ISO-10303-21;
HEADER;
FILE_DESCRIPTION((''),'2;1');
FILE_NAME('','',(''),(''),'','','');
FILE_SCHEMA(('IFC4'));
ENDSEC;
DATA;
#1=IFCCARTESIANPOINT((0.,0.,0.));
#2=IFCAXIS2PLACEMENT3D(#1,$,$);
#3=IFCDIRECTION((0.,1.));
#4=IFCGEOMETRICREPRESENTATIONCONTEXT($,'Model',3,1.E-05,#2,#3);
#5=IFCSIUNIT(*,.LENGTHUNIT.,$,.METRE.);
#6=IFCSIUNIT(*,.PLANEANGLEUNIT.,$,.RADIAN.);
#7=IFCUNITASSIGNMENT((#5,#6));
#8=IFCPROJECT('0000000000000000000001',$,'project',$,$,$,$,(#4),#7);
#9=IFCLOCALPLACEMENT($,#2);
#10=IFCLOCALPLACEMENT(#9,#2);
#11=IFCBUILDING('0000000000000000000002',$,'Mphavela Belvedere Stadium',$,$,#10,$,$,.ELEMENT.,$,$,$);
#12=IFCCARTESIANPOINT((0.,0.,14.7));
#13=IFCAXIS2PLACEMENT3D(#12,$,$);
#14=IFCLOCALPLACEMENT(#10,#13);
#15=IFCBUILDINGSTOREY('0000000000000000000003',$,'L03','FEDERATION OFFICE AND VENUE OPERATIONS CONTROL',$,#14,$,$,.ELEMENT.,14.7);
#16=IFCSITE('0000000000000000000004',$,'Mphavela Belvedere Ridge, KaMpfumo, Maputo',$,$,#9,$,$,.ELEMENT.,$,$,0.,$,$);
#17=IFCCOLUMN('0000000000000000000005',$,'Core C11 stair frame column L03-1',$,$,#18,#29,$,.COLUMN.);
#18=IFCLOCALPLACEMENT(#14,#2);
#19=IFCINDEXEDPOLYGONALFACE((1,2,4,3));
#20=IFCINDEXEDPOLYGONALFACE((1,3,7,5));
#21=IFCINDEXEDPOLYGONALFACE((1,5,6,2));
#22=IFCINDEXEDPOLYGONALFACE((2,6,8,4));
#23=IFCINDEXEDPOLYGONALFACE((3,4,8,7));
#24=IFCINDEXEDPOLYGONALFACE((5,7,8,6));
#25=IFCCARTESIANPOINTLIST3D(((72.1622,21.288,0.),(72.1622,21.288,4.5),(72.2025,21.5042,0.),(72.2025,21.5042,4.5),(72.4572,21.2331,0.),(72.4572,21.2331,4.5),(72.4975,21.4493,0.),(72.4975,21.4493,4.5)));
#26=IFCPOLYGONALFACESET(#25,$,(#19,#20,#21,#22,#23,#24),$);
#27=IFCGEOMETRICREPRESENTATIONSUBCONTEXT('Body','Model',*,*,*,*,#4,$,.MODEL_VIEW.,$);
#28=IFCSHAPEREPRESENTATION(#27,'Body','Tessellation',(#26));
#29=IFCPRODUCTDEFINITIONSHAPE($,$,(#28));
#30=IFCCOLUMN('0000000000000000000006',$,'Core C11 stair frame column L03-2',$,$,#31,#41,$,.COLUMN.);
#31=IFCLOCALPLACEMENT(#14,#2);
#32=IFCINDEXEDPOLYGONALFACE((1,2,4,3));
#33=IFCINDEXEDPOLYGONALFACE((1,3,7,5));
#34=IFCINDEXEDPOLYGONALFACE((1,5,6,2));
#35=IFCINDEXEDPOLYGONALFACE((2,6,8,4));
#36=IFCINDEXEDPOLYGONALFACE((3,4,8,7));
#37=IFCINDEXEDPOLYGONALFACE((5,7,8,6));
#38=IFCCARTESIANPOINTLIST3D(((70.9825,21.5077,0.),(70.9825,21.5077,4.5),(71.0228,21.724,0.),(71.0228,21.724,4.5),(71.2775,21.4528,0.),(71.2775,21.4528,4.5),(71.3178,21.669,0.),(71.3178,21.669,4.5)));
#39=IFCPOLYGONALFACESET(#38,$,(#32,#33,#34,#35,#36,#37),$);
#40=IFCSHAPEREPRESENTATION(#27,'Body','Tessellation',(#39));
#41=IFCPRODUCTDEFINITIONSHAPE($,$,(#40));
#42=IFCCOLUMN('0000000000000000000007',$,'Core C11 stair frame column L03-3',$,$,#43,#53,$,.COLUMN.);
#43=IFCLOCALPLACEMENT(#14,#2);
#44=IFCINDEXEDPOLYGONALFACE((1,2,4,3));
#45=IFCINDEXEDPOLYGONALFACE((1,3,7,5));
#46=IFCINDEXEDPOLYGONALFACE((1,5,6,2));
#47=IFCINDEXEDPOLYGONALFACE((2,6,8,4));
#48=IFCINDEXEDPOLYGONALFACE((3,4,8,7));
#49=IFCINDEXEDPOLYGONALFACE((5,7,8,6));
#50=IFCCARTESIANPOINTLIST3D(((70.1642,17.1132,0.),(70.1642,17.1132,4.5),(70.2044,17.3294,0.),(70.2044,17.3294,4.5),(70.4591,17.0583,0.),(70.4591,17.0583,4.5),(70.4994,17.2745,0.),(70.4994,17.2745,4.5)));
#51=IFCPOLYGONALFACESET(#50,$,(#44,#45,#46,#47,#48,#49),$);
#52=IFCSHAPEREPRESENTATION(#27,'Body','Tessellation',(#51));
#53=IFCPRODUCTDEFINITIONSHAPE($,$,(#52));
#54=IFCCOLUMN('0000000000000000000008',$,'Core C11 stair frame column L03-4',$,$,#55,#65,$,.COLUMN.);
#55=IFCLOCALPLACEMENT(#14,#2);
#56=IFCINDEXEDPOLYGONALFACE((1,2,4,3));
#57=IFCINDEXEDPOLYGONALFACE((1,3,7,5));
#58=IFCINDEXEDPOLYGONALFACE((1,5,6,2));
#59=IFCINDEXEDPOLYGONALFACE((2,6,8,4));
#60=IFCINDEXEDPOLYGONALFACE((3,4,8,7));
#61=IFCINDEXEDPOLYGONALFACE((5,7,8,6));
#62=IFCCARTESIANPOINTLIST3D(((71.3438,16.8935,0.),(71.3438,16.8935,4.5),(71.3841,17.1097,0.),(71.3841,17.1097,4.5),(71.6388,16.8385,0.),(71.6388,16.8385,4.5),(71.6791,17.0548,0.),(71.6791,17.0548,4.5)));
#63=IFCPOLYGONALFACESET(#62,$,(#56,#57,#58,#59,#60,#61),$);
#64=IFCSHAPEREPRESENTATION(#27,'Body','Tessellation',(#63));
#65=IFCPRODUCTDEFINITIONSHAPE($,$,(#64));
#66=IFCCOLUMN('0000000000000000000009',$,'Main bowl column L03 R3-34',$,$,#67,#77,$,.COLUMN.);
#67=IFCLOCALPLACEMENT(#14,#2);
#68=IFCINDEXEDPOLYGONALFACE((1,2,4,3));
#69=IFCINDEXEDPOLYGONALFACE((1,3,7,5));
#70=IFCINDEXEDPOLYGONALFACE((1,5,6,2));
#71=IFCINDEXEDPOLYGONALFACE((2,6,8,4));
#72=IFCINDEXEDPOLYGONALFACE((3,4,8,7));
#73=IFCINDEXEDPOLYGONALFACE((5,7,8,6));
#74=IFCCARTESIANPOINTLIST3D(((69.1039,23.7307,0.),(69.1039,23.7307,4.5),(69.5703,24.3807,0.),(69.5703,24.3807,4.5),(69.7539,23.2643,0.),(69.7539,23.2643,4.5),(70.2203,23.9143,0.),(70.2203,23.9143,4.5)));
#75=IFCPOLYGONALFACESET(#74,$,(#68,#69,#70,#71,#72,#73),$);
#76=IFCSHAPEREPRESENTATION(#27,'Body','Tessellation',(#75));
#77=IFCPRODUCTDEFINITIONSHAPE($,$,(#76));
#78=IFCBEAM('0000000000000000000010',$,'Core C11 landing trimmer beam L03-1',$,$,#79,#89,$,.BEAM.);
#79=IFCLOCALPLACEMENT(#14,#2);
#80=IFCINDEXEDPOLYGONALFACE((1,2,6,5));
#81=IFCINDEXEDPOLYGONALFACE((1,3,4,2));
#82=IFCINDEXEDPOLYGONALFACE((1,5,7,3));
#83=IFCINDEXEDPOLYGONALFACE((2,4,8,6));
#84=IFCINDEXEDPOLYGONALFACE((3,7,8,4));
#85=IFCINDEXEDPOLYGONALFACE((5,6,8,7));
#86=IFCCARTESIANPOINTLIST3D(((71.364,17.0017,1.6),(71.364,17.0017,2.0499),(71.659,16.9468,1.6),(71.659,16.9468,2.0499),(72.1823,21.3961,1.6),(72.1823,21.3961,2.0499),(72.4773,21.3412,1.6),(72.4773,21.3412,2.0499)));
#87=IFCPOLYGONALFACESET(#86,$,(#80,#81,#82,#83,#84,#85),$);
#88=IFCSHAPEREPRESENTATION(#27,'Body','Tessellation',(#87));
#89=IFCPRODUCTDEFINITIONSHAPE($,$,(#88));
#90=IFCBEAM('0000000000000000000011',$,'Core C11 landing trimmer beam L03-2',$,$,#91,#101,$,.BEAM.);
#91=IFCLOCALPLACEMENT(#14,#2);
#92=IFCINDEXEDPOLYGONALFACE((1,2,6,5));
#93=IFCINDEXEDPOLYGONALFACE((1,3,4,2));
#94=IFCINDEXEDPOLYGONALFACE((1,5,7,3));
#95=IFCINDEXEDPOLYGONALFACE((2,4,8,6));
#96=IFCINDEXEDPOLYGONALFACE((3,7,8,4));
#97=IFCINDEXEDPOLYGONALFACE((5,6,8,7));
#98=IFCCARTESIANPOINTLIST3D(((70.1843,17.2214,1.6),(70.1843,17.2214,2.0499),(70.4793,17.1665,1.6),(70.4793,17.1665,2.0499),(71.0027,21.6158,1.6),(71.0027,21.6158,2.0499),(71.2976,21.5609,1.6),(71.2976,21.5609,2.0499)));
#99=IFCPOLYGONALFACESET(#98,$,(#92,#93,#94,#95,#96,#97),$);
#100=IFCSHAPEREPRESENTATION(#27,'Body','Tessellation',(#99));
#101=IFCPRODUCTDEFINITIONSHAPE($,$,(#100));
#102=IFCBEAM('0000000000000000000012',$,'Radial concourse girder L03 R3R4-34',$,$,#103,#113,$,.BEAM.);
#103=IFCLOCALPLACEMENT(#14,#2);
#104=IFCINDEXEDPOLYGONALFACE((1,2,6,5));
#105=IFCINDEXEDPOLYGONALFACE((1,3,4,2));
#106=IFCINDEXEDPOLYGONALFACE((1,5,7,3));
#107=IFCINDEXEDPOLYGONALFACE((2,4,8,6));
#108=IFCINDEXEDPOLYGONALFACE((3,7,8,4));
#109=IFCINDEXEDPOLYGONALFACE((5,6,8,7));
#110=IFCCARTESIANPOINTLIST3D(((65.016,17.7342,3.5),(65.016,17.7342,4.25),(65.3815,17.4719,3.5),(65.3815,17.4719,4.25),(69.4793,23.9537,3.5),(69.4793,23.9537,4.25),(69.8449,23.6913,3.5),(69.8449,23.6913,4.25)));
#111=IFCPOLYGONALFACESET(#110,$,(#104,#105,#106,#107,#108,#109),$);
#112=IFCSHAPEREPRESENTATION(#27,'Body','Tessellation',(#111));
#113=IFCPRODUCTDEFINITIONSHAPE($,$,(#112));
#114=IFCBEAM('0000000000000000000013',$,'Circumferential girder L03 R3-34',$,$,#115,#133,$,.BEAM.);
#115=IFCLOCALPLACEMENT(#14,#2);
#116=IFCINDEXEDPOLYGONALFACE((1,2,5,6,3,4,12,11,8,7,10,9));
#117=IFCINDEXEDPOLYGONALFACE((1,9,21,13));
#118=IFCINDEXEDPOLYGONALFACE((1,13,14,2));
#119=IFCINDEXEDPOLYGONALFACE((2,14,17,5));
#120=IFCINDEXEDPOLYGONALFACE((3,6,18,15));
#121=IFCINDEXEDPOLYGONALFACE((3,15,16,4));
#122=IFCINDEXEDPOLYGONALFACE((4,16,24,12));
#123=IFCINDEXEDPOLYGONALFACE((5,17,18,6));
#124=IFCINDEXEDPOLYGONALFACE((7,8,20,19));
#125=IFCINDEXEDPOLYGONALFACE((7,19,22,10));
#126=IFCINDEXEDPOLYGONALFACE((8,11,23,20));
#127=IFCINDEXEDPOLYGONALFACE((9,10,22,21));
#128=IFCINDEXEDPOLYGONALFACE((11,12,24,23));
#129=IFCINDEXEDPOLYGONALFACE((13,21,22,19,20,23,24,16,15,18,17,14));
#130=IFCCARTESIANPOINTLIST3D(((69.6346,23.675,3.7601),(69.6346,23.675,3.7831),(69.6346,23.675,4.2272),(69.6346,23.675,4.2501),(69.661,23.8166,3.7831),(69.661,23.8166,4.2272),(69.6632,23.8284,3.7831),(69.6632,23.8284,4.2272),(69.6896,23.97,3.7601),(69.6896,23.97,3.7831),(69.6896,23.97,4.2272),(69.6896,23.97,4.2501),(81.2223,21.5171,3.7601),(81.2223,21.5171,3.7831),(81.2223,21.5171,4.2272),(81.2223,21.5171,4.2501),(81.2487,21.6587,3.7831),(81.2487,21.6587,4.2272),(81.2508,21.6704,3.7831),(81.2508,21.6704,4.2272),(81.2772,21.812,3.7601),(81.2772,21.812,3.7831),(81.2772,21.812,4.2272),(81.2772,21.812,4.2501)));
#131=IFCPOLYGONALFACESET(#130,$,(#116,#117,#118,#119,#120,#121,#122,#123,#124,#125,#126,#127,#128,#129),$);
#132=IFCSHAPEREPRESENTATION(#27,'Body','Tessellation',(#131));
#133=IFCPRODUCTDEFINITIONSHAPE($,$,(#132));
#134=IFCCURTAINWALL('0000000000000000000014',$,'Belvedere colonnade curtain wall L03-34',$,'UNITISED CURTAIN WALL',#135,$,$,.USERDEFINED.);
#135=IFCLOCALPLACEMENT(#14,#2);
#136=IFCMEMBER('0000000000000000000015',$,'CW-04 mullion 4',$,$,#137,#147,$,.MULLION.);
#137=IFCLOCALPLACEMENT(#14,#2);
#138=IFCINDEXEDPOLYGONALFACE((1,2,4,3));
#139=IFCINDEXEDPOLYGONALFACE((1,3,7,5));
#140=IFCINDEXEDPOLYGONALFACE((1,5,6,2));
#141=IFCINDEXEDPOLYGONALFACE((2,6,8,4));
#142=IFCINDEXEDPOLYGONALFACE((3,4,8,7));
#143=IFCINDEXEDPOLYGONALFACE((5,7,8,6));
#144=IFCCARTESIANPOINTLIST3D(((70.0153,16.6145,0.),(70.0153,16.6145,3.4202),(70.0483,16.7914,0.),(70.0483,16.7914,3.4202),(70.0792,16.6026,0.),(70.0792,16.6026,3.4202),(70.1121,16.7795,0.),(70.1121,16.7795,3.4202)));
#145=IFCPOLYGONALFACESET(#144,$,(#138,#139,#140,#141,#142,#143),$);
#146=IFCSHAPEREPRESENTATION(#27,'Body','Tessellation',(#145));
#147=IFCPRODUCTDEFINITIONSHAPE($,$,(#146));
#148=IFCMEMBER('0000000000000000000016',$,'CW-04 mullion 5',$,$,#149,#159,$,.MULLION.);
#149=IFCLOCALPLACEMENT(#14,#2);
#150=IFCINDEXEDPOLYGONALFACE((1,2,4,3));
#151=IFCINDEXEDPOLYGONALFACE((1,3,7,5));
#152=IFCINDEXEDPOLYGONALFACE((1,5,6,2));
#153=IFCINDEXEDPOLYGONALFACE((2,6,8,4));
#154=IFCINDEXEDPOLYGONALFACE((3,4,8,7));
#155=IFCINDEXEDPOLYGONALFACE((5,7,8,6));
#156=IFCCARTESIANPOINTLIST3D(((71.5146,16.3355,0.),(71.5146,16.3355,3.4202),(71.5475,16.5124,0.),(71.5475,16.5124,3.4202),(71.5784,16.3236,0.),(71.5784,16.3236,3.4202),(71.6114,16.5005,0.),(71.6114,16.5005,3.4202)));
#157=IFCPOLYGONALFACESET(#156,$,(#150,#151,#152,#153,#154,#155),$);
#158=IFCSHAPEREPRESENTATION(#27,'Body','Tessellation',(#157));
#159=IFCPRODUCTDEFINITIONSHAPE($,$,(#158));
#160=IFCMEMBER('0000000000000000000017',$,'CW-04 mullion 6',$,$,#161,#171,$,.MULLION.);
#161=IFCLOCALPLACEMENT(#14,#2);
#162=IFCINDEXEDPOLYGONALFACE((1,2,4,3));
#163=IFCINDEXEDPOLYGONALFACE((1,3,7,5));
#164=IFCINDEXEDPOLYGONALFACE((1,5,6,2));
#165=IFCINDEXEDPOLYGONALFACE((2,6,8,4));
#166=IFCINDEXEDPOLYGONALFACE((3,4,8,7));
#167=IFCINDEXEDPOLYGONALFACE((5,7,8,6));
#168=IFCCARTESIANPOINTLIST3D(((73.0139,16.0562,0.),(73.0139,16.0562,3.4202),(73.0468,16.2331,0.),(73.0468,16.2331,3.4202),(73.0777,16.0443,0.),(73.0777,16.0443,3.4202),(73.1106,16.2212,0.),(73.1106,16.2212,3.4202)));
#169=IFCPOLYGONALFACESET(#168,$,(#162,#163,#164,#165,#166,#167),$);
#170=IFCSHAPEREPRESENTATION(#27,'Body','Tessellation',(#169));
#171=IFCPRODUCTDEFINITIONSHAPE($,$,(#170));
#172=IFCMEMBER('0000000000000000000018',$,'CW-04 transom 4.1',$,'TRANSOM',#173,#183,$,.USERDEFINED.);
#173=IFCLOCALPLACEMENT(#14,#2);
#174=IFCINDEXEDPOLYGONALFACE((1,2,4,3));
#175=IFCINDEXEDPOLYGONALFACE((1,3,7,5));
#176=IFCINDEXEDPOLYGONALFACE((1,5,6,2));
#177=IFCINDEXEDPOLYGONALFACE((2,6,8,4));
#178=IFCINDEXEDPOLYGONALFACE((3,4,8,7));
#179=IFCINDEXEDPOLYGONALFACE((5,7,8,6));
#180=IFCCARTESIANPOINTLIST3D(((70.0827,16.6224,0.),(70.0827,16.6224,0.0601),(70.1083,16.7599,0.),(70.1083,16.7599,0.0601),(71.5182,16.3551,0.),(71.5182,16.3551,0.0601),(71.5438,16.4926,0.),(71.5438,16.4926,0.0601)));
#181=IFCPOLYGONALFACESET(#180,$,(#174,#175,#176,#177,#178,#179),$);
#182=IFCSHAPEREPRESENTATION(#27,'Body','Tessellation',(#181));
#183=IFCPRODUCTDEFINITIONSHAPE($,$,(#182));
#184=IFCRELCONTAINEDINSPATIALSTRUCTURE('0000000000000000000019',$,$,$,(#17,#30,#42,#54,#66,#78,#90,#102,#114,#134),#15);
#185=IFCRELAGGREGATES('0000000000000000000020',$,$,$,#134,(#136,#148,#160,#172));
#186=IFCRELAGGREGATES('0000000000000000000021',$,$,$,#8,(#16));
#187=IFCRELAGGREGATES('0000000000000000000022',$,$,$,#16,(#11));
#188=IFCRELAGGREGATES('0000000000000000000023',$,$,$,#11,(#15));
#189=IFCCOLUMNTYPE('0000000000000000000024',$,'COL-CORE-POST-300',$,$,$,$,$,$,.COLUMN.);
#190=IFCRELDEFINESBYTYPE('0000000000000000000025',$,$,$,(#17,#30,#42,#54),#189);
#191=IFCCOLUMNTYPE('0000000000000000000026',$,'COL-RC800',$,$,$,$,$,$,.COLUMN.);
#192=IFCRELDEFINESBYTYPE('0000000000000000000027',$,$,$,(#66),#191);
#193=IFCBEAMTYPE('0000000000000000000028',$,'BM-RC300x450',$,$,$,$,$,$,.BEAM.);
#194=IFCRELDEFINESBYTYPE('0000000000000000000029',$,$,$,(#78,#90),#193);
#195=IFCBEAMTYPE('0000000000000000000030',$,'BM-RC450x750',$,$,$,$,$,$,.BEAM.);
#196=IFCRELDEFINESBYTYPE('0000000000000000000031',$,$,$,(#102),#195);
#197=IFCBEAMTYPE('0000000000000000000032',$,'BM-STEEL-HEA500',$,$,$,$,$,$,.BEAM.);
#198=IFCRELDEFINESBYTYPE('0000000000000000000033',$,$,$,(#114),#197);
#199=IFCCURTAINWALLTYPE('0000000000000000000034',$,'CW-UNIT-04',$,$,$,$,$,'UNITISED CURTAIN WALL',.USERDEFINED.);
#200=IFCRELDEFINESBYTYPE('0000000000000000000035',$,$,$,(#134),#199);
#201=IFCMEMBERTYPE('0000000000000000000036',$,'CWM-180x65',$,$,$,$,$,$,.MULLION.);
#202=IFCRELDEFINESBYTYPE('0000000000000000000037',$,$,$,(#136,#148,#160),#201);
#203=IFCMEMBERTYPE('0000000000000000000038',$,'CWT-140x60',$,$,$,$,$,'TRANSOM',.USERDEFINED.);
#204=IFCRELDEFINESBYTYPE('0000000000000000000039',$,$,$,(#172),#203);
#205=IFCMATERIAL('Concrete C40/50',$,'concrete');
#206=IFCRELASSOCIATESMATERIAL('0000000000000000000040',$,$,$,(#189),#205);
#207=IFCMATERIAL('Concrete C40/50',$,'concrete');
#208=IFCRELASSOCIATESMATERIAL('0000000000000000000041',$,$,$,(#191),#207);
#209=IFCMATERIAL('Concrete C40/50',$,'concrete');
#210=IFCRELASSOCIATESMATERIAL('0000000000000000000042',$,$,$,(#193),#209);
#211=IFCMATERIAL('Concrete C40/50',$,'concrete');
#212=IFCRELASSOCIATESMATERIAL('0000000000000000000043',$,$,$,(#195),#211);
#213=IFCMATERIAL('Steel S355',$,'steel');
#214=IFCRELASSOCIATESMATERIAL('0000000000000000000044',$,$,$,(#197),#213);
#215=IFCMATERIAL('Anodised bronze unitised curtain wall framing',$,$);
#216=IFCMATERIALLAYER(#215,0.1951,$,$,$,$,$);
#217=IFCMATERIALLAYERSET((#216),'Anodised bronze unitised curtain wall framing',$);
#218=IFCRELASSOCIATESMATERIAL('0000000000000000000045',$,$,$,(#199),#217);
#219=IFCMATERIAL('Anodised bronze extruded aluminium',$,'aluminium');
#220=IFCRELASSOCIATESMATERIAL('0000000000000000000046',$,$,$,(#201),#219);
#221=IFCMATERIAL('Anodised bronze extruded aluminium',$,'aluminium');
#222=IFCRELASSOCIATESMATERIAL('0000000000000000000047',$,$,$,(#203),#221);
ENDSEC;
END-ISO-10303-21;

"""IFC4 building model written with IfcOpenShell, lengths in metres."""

from ifc_helpers import new_model, si_unit, direction, frame, origin, origin_2d, place, context, subcontext, project, spatial, rectangle, i_section, extrude, material, layer, layer_set, material_profile, profile_set, type_object, element, aggregate, save


model = new_model("IFC4")

# Units and contexts
model_context = context("Model", 3, precision=1e-05, world=origin(), true_north=direction((0.0, 1.0)))
body_context = subcontext(model_context, "Body", "Model", "MODEL_VIEW")
ifc_project = project(units=[si_unit("LENGTHUNIT", "METRE"), si_unit("PLANEANGLEUNIT", "RADIAN")], contexts=[model_context])

# Site, building, storey
site_placement = place(None, origin())
site = spatial("IfcSite", under=ifc_project, at=site_placement, Name="Mphavela Belvedere Ridge, KaMpfumo, Maputo", CompositionType="ELEMENT", RefElevation=0.0)
building_placement = place(site_placement, origin())
building = spatial("IfcBuilding", under=site, at=building_placement, Name="Mphavela Belvedere Stadium", CompositionType="ELEMENT")
storey_placement = place(building_placement, frame((0.0, 0.0, 14.7)))
storey = spatial("IfcBuildingStorey", under=building, at=storey_placement, Name="L03", Description="FEDERATION OFFICE AND VENUE OPERATIONS CONTROL", CompositionType="ELEMENT", Elevation=14.7)

# Columns
ifc_material_1 = material(Name="Concrete C40/50", Category="concrete")
ifc_material_profile_1 = material_profile(ifc_material_1, rectangle(XDim=0.3, YDim=0.22, at=origin_2d()), Name="RC 300x220")
ifc_profile_set_1 = profile_set([ifc_material_profile_1], Name="Concrete C40/50")
column_type_1 = type_object("IfcColumnType", Name="COL-CORE-POST-300", PredefinedType="COLUMN", material=ifc_profile_set_1)
for number, where, z_axis, x_axis, name in (
    (1, (72.3298, 21.3687, 0.0), (0.0, 0.0, 1.0), (-0.983096, 0.183094, 0.0), "Core C11 stair frame column L03-1"),
    (2, (71.1501, 21.5884, 0.0), (0.0, 0.0, 1.0), (-0.983096, 0.183094, 0.0), "Core C11 stair frame column L03-2"),
    (3, (70.3318, 17.1938, 0.0), (0.0, 0.0, 1.0), (-0.983096, 0.183094, 0.0), "Core C11 stair frame column L03-3"),
    (4, (71.5115, 16.9741, 0.0), (0.0, 0.0, 1.0), (-0.983096, 0.183094, 0.0), "Core C11 stair frame column L03-4"),
):
    element("IfcColumn", number, at=place(storey_placement, frame(where, z_axis=z_axis, x_axis=x_axis)), inside=storey, type_object=column_type_1, Name=name, PredefinedType="COLUMN", context=body_context, shape_type="SweptSolid", body=[
        extrude(rectangle(XDim=0.3, YDim=0.22, at=origin_2d()), origin(), (0.0, 0.0, 1.0), 4.5),
    ])
ifc_material_2 = material(Name="Concrete C40/50", Category="concrete")
ifc_material_profile_2 = material_profile(ifc_material_2, rectangle(XDim=0.8, YDim=0.8, at=origin_2d()), Name="RC 800x800")
ifc_profile_set_2 = profile_set([ifc_material_profile_2], Name="Concrete C40/50")
column_type_2 = type_object("IfcColumnType", Name="COL-RC800", PredefinedType="COLUMN", material=ifc_profile_set_2)
column_placement = place(storey_placement, frame((69.6621, 23.8225, 0.0), z_axis=(0.0, 0.0, 1.0), x_axis=(-0.582974, -0.812491, 0.0)))
element("IfcColumn", 5, at=column_placement, inside=storey, type_object=column_type_2, Name="Main bowl column L03 R3-34", PredefinedType="COLUMN", context=body_context, shape_type="SweptSolid", body=[
    extrude(rectangle(XDim=0.8, YDim=0.8, at=origin_2d()), origin(), (0.0, 0.0, 1.0), 4.5),
])

# Beams
ifc_material_3 = material(Name="Concrete C40/50", Category="concrete")
ifc_material_profile_3 = material_profile(ifc_material_3, rectangle(XDim=0.3, YDim=0.45, at=origin_2d()), Name="RC 300x450")
ifc_profile_set_3 = profile_set([ifc_material_profile_3], Name="Concrete C40/50")
beam_type_1 = type_object("IfcBeamType", Name="BM-RC300x450", PredefinedType="BEAM", material=ifc_profile_set_3)
for number, where, z_axis, x_axis, name in (
    (6, (72.3298, 21.3687, 1.825), (-0.183075, -0.983099, 0.0), (0.983099, -0.183075, 0.0), "Core C11 landing trimmer beam L03-1"),
    (7, (71.1501, 21.5884, 1.825), (-0.183075, -0.983099, 0.0), (0.983099, -0.183075, 0.0), "Core C11 landing trimmer beam L03-2"),
):
    element("IfcBeam", number, at=place(storey_placement, frame(where, z_axis=z_axis, x_axis=x_axis)), inside=storey, type_object=beam_type_1, Name=name, PredefinedType="BEAM", context=body_context, shape_type="SweptSolid", body=[
        extrude(rectangle(XDim=0.3, YDim=0.45, at=origin_2d()), origin(), (0.0, 0.0, 1.0), 4.47),
    ])
ifc_material_4 = material(Name="Concrete C40/50", Category="concrete")
ifc_material_profile_4 = material_profile(ifc_material_4, rectangle(XDim=0.45, YDim=0.75, at=origin_2d()), Name="RC 450x750")
ifc_profile_set_4 = profile_set([ifc_material_profile_4], Name="Concrete C40/50")
beam_type_2 = type_object("IfcBeamType", Name="BM-RC450x750", PredefinedType="BEAM", material=ifc_profile_set_4)
beam_1_placement = place(storey_placement, frame((69.6621, 23.8225, 3.875), z_axis=(-0.583044, -0.812441, 0.0), x_axis=(0.812441, -0.583044, 0.0)))
element("IfcBeam", 8, at=beam_1_placement, inside=storey, type_object=beam_type_2, Name="Radial concourse girder L03 R3R4-34", PredefinedType="BEAM", context=body_context, shape_type="SweptSolid", body=[
    extrude(rectangle(XDim=0.45, YDim=0.75, at=origin_2d()), origin(), (0.0, 0.0, 1.0), 7.6553),
])
ifc_material_5 = material(Name="Steel S355", Category="steel")
ifc_material_profile_5 = material_profile(ifc_material_5, i_section(OverallWidth=0.3, OverallDepth=0.49, WebThickness=0.012, FlangeThickness=0.0229, at=origin_2d()), Name="HEA 500")
ifc_profile_set_5 = profile_set([ifc_material_profile_5], Name="Steel S355")
beam_type_3 = type_object("IfcBeamType", Name="BM-STEEL-HEA500", PredefinedType="BEAM", material=ifc_profile_set_5)
beam_2_placement = place(storey_placement, frame((69.6621, 23.8225, 4.0051), z_axis=(0.983098, -0.183082, 0.0), x_axis=(0.183082, 0.983098, 0.0)))
element("IfcBeam", 9, at=beam_2_placement, inside=storey, type_object=beam_type_3, Name="Circumferential girder L03 R3-34", PredefinedType="BEAM", context=body_context, shape_type="SweptSolid", body=[
    extrude(i_section(OverallWidth=0.3, OverallDepth=0.49, WebThickness=0.012, FlangeThickness=0.0229, at=origin_2d()), origin(), (0.0, 0.0, 1.0), 11.7869),
])

# Curtain wall, members
ifc_material_6 = material(Name="Anodised bronze unitised curtain wall framing")
ifc_layer_1 = layer(ifc_material_6, 0.1951)
ifc_layer_set_1 = layer_set([ifc_layer_1], Name="Anodised bronze unitised curtain wall framing")
curtain_wall_type = type_object("IfcCurtainWallType", Name="CW-UNIT-04", ElementType="UNITISED CURTAIN WALL", PredefinedType="USERDEFINED", material=ifc_layer_set_1)
curtain_wall_placement = place(storey_placement, origin())
curtain_wall = element("IfcCurtainWall", 10, at=curtain_wall_placement, inside=storey, type_object=curtain_wall_type, Name="Belvedere colonnade curtain wall L03-34", ObjectType="UNITISED CURTAIN WALL", PredefinedType="USERDEFINED")
ifc_material_7 = material(Name="Anodised bronze extruded aluminium", Category="aluminium")
ifc_material_profile_6 = material_profile(ifc_material_7, rectangle(XDim=0.1799, YDim=0.0649, at=origin_2d()), Name="CW-MUL 180x65")
ifc_profile_set_6 = profile_set([ifc_material_profile_6], Name="Anodised bronze extruded aluminium")
member_type_1 = type_object("IfcMemberType", Name="CWM-180x65", PredefinedType="MULLION", material=ifc_profile_set_6)
member_1_placement = place(storey_placement, frame((70.0637, 16.697, 0.0), z_axis=(0.0, 0.0, 1.0), x_axis=(0.183088, 0.983097, 0.0)))
member_1 = element("IfcMember", 11, at=member_1_placement, type_object=member_type_1, Name="CW-04 mullion 4", PredefinedType="MULLION", context=body_context, shape_type="SweptSolid", body=[
    extrude(rectangle(XDim=0.1799, YDim=0.0649, at=origin_2d()), origin(), (0.0, 0.0, 1.0), 3.4202),
])
member_2_placement = place(storey_placement, frame((71.563, 16.418, 0.0), z_axis=(0.0, 0.0, 1.0), x_axis=(0.183088, 0.983097, 0.0)))
member_2 = element("IfcMember", 12, at=member_2_placement, type_object=member_type_1, Name="CW-04 mullion 5", PredefinedType="MULLION", context=body_context, shape_type="SweptSolid", body=[
    extrude(rectangle(XDim=0.1799, YDim=0.0649, at=origin_2d()), origin(), (0.0, 0.0, 1.0), 3.4202),
])
member_3_placement = place(storey_placement, frame((73.0623, 16.1387, 0.0), z_axis=(0.0, 0.0, 1.0), x_axis=(0.183088, 0.983097, 0.0)))
member_3 = element("IfcMember", 13, at=member_3_placement, type_object=member_type_1, Name="CW-04 mullion 6", PredefinedType="MULLION", context=body_context, shape_type="SweptSolid", body=[
    extrude(rectangle(XDim=0.1799, YDim=0.0649, at=origin_2d()), origin(), (0.0, 0.0, 1.0), 3.4202),
])
ifc_material_8 = material(Name="Anodised bronze extruded aluminium", Category="aluminium")
ifc_material_profile_7 = material_profile(ifc_material_8, rectangle(XDim=0.1399, YDim=0.0601, at=origin_2d()), Name="CW-TRN 140x60")
ifc_profile_set_7 = profile_set([ifc_material_profile_7], Name="Anodised bronze extruded aluminium")
member_type_2 = type_object("IfcMemberType", Name="CWT-140x60", ElementType="TRANSOM", PredefinedType="USERDEFINED", material=ifc_profile_set_7)
member_4_placement = place(storey_placement, frame((70.0955, 16.6912, 0.03), z_axis=(0.983099, -0.183077, 0.0), x_axis=(0.183077, 0.983099, 0.0)))
member_4 = element("IfcMember", 14, at=member_4_placement, type_object=member_type_2, Name="CW-04 transom 4.1", ObjectType="TRANSOM", PredefinedType="USERDEFINED", context=body_context, shape_type="SweptSolid", body=[
    extrude(rectangle(XDim=0.1399, YDim=0.0601, at=origin_2d()), origin(), (0.0, 0.0, 1.0), 1.4602),
])
aggregate(curtain_wall, [member_1, member_2, member_3, member_4])

save(model, "model.ifc")
